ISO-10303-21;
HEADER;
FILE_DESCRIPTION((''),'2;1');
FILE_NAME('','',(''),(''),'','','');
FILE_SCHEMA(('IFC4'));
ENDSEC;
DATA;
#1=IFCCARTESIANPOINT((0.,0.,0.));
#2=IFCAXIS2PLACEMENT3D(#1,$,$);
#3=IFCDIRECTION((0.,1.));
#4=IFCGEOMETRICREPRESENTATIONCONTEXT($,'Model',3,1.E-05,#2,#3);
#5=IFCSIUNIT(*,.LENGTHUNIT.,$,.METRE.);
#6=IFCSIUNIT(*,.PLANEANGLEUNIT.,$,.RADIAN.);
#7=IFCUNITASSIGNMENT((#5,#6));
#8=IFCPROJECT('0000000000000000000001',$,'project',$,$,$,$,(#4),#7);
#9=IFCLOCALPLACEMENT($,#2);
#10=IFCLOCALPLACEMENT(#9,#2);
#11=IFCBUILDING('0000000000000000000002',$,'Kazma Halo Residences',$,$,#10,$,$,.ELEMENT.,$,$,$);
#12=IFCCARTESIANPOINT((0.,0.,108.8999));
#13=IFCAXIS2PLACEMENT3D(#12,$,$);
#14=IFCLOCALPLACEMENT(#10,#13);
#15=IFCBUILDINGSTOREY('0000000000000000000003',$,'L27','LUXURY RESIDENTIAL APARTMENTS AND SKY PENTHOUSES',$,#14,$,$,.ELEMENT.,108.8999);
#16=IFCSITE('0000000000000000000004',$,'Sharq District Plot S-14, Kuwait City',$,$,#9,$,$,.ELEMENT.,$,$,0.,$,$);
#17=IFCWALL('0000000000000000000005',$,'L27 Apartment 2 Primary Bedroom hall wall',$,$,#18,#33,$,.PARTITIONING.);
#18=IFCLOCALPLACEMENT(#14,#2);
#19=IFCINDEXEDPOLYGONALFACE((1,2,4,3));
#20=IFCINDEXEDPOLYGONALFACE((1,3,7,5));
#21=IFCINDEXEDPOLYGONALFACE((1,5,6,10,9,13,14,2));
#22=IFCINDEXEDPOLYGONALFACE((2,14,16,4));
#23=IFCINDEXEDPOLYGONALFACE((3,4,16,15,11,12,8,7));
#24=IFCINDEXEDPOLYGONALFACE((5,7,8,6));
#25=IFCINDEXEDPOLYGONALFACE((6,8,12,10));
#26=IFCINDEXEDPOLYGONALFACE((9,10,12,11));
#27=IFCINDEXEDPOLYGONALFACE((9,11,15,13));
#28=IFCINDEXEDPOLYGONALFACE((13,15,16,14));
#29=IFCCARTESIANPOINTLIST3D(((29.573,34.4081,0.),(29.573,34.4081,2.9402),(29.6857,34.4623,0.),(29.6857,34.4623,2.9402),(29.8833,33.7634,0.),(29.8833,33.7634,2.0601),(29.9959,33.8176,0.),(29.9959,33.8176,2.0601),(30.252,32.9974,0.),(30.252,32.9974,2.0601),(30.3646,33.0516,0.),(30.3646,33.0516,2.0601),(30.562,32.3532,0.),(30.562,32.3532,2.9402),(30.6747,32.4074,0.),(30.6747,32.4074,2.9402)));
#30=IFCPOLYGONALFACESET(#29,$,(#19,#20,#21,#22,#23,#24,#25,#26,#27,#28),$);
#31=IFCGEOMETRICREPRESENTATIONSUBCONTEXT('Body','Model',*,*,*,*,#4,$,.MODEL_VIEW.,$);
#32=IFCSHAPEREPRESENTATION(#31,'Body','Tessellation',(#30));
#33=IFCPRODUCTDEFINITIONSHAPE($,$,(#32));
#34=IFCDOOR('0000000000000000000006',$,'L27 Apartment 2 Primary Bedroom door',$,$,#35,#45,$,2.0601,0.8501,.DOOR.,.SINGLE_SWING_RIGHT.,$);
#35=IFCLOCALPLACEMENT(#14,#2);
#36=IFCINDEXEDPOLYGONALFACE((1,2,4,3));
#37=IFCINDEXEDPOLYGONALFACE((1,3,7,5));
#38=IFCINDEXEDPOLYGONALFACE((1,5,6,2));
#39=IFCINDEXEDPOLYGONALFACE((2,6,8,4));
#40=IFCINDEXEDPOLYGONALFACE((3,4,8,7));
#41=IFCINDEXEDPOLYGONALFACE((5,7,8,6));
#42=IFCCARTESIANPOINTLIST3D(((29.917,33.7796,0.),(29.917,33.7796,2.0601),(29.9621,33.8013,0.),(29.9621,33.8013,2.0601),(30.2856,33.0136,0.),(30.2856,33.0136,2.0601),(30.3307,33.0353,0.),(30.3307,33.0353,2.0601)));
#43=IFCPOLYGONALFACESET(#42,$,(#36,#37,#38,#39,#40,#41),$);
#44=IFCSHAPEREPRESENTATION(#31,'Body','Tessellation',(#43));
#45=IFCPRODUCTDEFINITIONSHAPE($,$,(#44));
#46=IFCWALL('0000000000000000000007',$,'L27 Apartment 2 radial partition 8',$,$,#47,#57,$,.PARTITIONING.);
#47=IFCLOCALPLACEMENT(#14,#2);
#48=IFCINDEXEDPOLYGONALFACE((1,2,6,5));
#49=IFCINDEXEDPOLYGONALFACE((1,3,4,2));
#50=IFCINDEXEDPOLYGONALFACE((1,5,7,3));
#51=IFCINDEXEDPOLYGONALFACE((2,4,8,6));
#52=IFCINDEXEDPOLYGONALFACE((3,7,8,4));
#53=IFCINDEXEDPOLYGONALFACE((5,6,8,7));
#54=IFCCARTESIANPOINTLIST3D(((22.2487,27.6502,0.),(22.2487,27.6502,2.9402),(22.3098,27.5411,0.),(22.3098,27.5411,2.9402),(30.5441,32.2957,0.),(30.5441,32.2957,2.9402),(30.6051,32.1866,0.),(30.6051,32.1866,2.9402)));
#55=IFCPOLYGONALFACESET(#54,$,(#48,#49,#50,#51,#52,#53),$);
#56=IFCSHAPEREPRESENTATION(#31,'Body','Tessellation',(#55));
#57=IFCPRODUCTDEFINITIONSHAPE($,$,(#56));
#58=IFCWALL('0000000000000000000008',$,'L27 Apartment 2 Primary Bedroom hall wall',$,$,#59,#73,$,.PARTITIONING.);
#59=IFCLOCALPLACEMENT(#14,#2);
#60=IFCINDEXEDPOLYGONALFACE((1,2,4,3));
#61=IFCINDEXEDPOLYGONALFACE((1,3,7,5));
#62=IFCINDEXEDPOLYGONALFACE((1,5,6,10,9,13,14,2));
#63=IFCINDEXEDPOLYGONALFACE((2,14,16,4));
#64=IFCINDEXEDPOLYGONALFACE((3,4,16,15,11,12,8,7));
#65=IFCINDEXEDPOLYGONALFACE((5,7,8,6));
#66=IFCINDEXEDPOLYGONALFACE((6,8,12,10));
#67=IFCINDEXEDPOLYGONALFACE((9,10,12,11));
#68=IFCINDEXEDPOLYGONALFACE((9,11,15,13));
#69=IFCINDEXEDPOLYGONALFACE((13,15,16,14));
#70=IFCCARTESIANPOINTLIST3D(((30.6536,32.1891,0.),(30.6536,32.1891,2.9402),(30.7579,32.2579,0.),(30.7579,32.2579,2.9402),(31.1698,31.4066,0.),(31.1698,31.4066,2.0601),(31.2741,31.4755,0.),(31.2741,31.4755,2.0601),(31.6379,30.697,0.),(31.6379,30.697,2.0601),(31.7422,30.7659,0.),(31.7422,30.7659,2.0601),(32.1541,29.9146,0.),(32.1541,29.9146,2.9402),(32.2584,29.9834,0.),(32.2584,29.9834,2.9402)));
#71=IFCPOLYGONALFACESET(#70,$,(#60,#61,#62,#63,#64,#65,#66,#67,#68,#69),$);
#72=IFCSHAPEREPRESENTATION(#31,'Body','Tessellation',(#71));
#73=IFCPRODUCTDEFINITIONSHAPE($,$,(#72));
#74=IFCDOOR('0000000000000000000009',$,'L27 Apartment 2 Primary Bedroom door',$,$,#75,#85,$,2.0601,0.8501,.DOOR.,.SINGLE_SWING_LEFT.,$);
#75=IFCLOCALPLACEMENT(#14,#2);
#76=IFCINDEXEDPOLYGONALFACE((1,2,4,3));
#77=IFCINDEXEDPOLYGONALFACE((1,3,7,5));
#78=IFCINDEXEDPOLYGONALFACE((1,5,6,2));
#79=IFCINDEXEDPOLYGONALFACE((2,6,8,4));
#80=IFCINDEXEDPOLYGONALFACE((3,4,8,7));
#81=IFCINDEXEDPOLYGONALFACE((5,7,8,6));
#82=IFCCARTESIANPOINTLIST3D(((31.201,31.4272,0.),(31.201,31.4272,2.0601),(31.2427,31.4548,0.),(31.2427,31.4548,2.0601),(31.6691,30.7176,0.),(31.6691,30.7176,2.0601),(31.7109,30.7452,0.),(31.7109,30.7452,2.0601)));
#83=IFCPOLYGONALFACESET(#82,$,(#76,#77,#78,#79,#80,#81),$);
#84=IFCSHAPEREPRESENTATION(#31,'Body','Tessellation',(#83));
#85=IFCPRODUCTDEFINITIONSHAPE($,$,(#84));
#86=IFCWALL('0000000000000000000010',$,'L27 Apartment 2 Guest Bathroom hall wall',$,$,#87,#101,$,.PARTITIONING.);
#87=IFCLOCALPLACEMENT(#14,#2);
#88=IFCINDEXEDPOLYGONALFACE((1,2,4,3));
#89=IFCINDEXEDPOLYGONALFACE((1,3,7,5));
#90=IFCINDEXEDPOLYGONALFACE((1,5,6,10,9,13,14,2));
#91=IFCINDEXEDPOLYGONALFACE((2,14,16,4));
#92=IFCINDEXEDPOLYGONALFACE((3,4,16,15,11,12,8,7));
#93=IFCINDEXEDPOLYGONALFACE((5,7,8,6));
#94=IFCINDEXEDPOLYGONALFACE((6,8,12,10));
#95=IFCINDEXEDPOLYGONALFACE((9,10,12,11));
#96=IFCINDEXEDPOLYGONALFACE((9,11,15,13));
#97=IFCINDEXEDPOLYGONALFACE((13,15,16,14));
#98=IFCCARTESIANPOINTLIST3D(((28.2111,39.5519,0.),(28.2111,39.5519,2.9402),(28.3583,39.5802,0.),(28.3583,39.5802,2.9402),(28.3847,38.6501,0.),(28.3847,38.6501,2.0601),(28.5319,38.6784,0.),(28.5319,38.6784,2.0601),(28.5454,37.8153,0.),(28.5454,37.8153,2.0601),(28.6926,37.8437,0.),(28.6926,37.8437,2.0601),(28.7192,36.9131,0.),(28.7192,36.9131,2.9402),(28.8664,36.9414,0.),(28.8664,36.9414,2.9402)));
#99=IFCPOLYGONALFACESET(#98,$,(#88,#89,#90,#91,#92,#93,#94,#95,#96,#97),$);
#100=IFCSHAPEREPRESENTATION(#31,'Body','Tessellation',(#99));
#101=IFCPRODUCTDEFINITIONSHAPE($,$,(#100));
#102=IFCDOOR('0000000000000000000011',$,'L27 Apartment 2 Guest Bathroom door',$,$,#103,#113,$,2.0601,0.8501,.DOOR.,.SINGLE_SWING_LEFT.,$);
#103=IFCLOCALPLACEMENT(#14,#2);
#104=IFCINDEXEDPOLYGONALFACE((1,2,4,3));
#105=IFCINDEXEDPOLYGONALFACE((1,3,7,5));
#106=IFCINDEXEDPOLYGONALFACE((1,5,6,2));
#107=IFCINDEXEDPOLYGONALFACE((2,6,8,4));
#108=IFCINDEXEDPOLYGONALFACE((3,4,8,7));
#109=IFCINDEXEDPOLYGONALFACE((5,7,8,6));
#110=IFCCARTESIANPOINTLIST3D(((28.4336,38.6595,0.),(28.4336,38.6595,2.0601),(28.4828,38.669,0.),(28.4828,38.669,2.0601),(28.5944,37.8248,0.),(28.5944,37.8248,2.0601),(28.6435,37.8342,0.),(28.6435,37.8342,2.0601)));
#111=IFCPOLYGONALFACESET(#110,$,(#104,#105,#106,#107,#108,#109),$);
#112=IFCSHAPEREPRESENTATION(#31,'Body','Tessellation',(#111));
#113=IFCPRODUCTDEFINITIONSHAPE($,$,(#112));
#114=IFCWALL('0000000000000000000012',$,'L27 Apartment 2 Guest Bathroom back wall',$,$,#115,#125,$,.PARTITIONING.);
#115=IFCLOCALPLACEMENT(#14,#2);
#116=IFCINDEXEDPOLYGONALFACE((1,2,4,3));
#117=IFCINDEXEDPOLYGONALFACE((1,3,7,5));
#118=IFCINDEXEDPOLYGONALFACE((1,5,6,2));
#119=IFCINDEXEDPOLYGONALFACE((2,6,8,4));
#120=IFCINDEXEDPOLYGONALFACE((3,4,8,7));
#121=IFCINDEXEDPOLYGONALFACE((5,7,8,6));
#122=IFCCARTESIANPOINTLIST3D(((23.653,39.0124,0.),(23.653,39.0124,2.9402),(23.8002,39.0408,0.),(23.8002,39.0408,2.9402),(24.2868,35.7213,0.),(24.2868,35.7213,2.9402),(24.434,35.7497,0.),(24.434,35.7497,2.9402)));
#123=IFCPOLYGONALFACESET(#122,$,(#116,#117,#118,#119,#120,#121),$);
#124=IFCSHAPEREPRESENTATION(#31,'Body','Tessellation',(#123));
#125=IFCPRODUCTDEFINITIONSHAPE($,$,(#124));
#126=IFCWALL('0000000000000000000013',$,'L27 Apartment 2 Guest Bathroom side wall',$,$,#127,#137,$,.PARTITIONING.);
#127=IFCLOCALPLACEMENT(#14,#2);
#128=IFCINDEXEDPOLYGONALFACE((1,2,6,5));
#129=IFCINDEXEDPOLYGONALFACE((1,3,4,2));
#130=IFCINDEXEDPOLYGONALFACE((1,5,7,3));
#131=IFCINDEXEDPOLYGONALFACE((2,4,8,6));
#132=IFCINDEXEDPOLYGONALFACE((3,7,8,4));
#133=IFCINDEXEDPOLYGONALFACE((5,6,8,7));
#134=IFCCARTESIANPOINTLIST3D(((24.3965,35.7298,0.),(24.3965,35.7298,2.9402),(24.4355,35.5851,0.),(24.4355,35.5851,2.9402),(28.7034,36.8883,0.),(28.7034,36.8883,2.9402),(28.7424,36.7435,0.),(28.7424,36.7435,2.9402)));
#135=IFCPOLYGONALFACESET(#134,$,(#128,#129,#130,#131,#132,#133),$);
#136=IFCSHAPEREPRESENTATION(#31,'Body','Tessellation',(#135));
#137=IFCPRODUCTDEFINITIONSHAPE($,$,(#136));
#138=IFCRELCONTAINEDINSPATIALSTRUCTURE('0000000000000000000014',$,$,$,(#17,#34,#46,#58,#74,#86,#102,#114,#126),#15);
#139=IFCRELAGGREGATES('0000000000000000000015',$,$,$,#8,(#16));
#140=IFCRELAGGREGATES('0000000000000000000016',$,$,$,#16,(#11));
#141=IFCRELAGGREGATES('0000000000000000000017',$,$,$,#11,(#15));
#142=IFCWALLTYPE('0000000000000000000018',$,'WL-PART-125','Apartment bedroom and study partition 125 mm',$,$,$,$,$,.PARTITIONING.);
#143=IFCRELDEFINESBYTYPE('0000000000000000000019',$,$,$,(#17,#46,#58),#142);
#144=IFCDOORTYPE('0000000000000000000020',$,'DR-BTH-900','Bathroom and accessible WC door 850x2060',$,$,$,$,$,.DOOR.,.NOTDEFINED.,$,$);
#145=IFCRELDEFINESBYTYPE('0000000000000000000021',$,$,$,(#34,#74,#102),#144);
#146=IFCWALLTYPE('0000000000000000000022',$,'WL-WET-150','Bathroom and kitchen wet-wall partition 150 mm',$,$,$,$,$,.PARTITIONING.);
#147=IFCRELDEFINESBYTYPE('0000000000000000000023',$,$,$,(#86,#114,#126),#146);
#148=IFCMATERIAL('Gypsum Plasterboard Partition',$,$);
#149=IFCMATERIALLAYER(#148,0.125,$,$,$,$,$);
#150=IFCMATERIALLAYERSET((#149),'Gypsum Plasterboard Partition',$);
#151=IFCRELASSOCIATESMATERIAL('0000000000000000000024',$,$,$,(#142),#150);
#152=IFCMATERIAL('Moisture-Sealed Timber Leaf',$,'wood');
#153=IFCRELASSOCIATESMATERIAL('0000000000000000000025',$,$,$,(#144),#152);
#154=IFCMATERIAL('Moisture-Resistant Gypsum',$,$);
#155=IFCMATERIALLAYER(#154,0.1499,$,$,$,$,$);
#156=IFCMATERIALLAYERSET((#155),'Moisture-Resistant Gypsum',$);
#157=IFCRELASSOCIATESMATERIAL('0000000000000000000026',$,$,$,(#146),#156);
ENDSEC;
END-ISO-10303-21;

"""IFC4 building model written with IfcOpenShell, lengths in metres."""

from ifc_helpers import new_model, si_unit, direction, frame, frame_2d, origin, place, context, subcontext, project, spatial, rectangle, extrude, material, layer, layer_set, type_object, element, fill, save


model = new_model("IFC4")

# Units and contexts
model_context = context("Model", 3, precision=1e-05, world=origin(), true_north=direction((0.0, 1.0)))
body_context = subcontext(model_context, "Body", "Model", "MODEL_VIEW")
ifc_project = project(units=[si_unit("LENGTHUNIT", "METRE"), si_unit("PLANEANGLEUNIT", "RADIAN")], contexts=[model_context])

# Site, building, storey
site_placement = place(None, origin())
site = spatial("IfcSite", under=ifc_project, at=site_placement, Name="Sharq District Plot S-14, Kuwait City", CompositionType="ELEMENT", RefElevation=0.0)
building_placement = place(site_placement, origin())
building = spatial("IfcBuilding", under=site, at=building_placement, Name="Kazma Halo Residences", CompositionType="ELEMENT")
storey_placement = place(building_placement, frame((0.0, 0.0, 108.8999)))
storey = spatial("IfcBuildingStorey", under=building, at=storey_placement, Name="L27", Description="LUXURY RESIDENTIAL APARTMENTS AND SKY PENTHOUSES", CompositionType="ELEMENT", Elevation=108.8999)

# Shared definitions
ifc_material_1 = material(Name="Gypsum Plasterboard Partition")
ifc_layer_1 = layer(ifc_material_1, 0.125)
ifc_layer_set_1 = layer_set([ifc_layer_1], Name="Gypsum Plasterboard Partition")
wall_type_1 = type_object("IfcWallType", Name="WL-PART-125", Description="Apartment bedroom and study partition 125 mm", PredefinedType="PARTITIONING", material=ifc_layer_set_1)
ifc_material_2 = material(Name="Moisture-Sealed Timber Leaf", Category="wood")
door_type = type_object("IfcDoorType", Name="DR-BTH-900", Description="Bathroom and accessible WC door 850x2060", OperationType="NOTDEFINED", PredefinedType="DOOR", material=ifc_material_2)

# Wall, opening, door
wall_1_placement = place(storey_placement, frame((29.6294, 34.4351, 0.0), z_axis=(0.0, 0.0, 1.0), x_axis=(0.433674, -0.90107, 0.0)))
wall_1 = element("IfcWall", 1, at=wall_1_placement, inside=storey, type_object=wall_type_1, Name="L27 Apartment 2 Primary Bedroom hall wall", PredefinedType="PARTITIONING", context=body_context, shape_type="SweptSolid", body=[
    extrude(rectangle(XDim=2.2805, YDim=0.125, at=frame_2d((1.1401, 0.0))), origin(), (0.0, 0.0, 1.0), 2.9402),
])
opening_1_placement = place(wall_1_placement, frame((0.7153, 0.0, 0.0)))
opening_1 = element("IfcOpeningElement", 2, at=opening_1_placement, cuts=wall_1, PredefinedType="OPENING", context=body_context, shape_type="SweptSolid", body=[
    extrude(rectangle(XDim=0.8501, YDim=2.0601, at=frame_2d((0.425, 1.03))), frame((0.0, 0.0725, 0.0), z_axis=(0.0, -1.0, 0.0), x_axis=(1.0, 0.0, 0.0)), (0.0, 0.0, 1.0), 0.145),
])
door_1_placement = place(opening_1_placement, origin())
door_1 = element("IfcDoor", 3, at=door_1_placement, inside=storey, type_object=door_type, Name="L27 Apartment 2 Primary Bedroom door", OperationType="SINGLE_SWING_RIGHT", OverallHeight=2.0601, OverallWidth=0.8501, PredefinedType="DOOR", context=body_context, shape_type="SweptSolid", body=[
    extrude(rectangle(XDim=0.8501, YDim=2.0601, at=frame_2d((0.425, 1.03))), frame((0.0, 0.0249, 0.0), z_axis=(0.0, -1.0, 0.0), x_axis=(1.0, 0.0, 0.0)), (0.0, 0.0, 1.0), 0.05),
])
fill(opening_1, door_1)

# Wall
wall_2_placement = place(storey_placement, frame((30.5747, 32.2412, 0.0), z_axis=(0.0, 0.0, 1.0), x_axis=(-0.872503, -0.48861, 0.0)))
element("IfcWall", 4, at=wall_2_placement, inside=storey, type_object=wall_type_1, Name="L27 Apartment 2 radial partition 8", PredefinedType="PARTITIONING", context=body_context, shape_type="SweptSolid", body=[
    extrude(rectangle(XDim=9.5076, YDim=0.125, at=frame_2d((4.7539, 0.0))), origin(), (0.0, 0.0, 1.0), 2.9402),
])

# Walls, openings, doors
wall_3_placement = place(storey_placement, frame((30.7058, 32.2234, 0.0), z_axis=(0.0, 0.0, 1.0), x_axis=(0.550682, -0.834715, 0.0)))
wall_3 = element("IfcWall", 5, at=wall_3_placement, inside=storey, type_object=wall_type_1, Name="L27 Apartment 2 Primary Bedroom hall wall", PredefinedType="PARTITIONING", context=body_context, shape_type="SweptSolid", body=[
    extrude(rectangle(XDim=2.7249, YDim=0.125, at=frame_2d((1.3623, 0.0))), origin(), (0.0, 0.0, 1.0), 2.9402),
])
opening_2_placement = place(wall_3_placement, frame((0.9373, 0.0, 0.0)))
opening_2 = element("IfcOpeningElement", 6, at=opening_2_placement, cuts=wall_3, PredefinedType="OPENING", context=body_context, shape_type="SweptSolid", body=[
    extrude(rectangle(XDim=0.8501, YDim=2.0601, at=frame_2d((0.425, 1.03))), frame((0.0, 0.0725, 0.0), z_axis=(0.0, -1.0, 0.0), x_axis=(1.0, 0.0, 0.0)), (0.0, 0.0, 1.0), 0.145),
])
door_2_placement = place(opening_2_placement, origin())
door_2 = element("IfcDoor", 7, at=door_2_placement, inside=storey, type_object=door_type, Name="L27 Apartment 2 Primary Bedroom door", OperationType="SINGLE_SWING_LEFT", OverallHeight=2.0601, OverallWidth=0.8501, PredefinedType="DOOR", context=body_context, shape_type="SweptSolid", body=[
    extrude(rectangle(XDim=0.8501, YDim=2.0601, at=frame_2d((0.425, 1.03))), frame((0.0, 0.0249, 0.0), z_axis=(0.0, -1.0, 0.0), x_axis=(1.0, 0.0, 0.0)), (0.0, 0.0, 1.0), 0.05),
])
fill(opening_2, door_2)
ifc_material_3 = material(Name="Moisture-Resistant Gypsum")
ifc_layer_2 = layer(ifc_material_3, 0.1499)
ifc_layer_set_2 = layer_set([ifc_layer_2], Name="Moisture-Resistant Gypsum")
wall_type_2 = type_object("IfcWallType", Name="WL-WET-150", Description="Bathroom and kitchen wet-wall partition 150 mm", PredefinedType="PARTITIONING", material=ifc_layer_set_2)
wall_4_placement = place(storey_placement, frame((28.2847, 39.5662, 0.0), z_axis=(0.0, 0.0, 1.0), x_axis=(0.18907, -0.981964, 0.0)))
wall_4 = element("IfcWall", 8, at=wall_4_placement, inside=storey, type_object=wall_type_2, Name="L27 Apartment 2 Guest Bathroom hall wall", PredefinedType="PARTITIONING", context=body_context, shape_type="SweptSolid", body=[
    extrude(rectangle(XDim=2.6873, YDim=0.1499, at=frame_2d((1.3438, 0.0))), origin(), (0.0, 0.0, 1.0), 2.9402),
])
opening_3_placement = place(wall_4_placement, frame((0.9185, 0.0, 0.0)))
opening_3 = element("IfcOpeningElement", 9, at=opening_3_placement, cuts=wall_4, PredefinedType="OPENING", context=body_context, shape_type="SweptSolid", body=[
    extrude(rectangle(XDim=0.8501, YDim=2.0601, at=frame_2d((0.425, 1.03))), frame((0.0, 0.085, 0.0), z_axis=(0.0, -1.0, 0.0), x_axis=(1.0, 0.0, 0.0)), (0.0, 0.0, 1.0), 0.1699),
])
door_3_placement = place(opening_3_placement, origin())
door_3 = element("IfcDoor", 10, at=door_3_placement, inside=storey, type_object=door_type, Name="L27 Apartment 2 Guest Bathroom door", OperationType="SINGLE_SWING_LEFT", OverallHeight=2.0601, OverallWidth=0.8501, PredefinedType="DOOR", context=body_context, shape_type="SweptSolid", body=[
    extrude(rectangle(XDim=0.8501, YDim=2.0601, at=frame_2d((0.425, 1.03))), frame((0.0, 0.0249, 0.0), z_axis=(0.0, -1.0, 0.0), x_axis=(1.0, 0.0, 0.0)), (0.0, 0.0, 1.0), 0.05),
])
fill(opening_3, door_3)

# Walls
wall_5_placement = place(storey_placement, frame((23.7266, 39.0266, 0.0), z_axis=(0.0, 0.0, 1.0), x_axis=(0.189107, -0.981957, 0.0)))
element("IfcWall", 11, at=wall_5_placement, inside=storey, type_object=wall_type_2, Name="L27 Apartment 2 Guest Bathroom back wall", PredefinedType="PARTITIONING", context=body_context, shape_type="SweptSolid", body=[
    extrude(rectangle(XDim=3.3516, YDim=0.1499, at=frame_2d((1.6758, 0.0))), origin(), (0.0, 0.0, 1.0), 2.9402),
])
wall_6_placement = place(storey_placement, frame((28.7229, 36.8159, 0.0), z_axis=(0.0, 0.0, 1.0), x_axis=(-0.965678, -0.259744, 0.0)))
element("IfcWall", 12, at=wall_6_placement, inside=storey, type_object=wall_type_2, Name="L27 Apartment 2 Guest Bathroom side wall", PredefinedType="PARTITIONING", context=body_context, shape_type="SweptSolid", body=[
    extrude(rectangle(XDim=4.46, YDim=0.1499, at=frame_2d((2.23, 0.0))), origin(), (0.0, 0.0, 1.0), 2.9402),
])

save(model, "model.ifc")
